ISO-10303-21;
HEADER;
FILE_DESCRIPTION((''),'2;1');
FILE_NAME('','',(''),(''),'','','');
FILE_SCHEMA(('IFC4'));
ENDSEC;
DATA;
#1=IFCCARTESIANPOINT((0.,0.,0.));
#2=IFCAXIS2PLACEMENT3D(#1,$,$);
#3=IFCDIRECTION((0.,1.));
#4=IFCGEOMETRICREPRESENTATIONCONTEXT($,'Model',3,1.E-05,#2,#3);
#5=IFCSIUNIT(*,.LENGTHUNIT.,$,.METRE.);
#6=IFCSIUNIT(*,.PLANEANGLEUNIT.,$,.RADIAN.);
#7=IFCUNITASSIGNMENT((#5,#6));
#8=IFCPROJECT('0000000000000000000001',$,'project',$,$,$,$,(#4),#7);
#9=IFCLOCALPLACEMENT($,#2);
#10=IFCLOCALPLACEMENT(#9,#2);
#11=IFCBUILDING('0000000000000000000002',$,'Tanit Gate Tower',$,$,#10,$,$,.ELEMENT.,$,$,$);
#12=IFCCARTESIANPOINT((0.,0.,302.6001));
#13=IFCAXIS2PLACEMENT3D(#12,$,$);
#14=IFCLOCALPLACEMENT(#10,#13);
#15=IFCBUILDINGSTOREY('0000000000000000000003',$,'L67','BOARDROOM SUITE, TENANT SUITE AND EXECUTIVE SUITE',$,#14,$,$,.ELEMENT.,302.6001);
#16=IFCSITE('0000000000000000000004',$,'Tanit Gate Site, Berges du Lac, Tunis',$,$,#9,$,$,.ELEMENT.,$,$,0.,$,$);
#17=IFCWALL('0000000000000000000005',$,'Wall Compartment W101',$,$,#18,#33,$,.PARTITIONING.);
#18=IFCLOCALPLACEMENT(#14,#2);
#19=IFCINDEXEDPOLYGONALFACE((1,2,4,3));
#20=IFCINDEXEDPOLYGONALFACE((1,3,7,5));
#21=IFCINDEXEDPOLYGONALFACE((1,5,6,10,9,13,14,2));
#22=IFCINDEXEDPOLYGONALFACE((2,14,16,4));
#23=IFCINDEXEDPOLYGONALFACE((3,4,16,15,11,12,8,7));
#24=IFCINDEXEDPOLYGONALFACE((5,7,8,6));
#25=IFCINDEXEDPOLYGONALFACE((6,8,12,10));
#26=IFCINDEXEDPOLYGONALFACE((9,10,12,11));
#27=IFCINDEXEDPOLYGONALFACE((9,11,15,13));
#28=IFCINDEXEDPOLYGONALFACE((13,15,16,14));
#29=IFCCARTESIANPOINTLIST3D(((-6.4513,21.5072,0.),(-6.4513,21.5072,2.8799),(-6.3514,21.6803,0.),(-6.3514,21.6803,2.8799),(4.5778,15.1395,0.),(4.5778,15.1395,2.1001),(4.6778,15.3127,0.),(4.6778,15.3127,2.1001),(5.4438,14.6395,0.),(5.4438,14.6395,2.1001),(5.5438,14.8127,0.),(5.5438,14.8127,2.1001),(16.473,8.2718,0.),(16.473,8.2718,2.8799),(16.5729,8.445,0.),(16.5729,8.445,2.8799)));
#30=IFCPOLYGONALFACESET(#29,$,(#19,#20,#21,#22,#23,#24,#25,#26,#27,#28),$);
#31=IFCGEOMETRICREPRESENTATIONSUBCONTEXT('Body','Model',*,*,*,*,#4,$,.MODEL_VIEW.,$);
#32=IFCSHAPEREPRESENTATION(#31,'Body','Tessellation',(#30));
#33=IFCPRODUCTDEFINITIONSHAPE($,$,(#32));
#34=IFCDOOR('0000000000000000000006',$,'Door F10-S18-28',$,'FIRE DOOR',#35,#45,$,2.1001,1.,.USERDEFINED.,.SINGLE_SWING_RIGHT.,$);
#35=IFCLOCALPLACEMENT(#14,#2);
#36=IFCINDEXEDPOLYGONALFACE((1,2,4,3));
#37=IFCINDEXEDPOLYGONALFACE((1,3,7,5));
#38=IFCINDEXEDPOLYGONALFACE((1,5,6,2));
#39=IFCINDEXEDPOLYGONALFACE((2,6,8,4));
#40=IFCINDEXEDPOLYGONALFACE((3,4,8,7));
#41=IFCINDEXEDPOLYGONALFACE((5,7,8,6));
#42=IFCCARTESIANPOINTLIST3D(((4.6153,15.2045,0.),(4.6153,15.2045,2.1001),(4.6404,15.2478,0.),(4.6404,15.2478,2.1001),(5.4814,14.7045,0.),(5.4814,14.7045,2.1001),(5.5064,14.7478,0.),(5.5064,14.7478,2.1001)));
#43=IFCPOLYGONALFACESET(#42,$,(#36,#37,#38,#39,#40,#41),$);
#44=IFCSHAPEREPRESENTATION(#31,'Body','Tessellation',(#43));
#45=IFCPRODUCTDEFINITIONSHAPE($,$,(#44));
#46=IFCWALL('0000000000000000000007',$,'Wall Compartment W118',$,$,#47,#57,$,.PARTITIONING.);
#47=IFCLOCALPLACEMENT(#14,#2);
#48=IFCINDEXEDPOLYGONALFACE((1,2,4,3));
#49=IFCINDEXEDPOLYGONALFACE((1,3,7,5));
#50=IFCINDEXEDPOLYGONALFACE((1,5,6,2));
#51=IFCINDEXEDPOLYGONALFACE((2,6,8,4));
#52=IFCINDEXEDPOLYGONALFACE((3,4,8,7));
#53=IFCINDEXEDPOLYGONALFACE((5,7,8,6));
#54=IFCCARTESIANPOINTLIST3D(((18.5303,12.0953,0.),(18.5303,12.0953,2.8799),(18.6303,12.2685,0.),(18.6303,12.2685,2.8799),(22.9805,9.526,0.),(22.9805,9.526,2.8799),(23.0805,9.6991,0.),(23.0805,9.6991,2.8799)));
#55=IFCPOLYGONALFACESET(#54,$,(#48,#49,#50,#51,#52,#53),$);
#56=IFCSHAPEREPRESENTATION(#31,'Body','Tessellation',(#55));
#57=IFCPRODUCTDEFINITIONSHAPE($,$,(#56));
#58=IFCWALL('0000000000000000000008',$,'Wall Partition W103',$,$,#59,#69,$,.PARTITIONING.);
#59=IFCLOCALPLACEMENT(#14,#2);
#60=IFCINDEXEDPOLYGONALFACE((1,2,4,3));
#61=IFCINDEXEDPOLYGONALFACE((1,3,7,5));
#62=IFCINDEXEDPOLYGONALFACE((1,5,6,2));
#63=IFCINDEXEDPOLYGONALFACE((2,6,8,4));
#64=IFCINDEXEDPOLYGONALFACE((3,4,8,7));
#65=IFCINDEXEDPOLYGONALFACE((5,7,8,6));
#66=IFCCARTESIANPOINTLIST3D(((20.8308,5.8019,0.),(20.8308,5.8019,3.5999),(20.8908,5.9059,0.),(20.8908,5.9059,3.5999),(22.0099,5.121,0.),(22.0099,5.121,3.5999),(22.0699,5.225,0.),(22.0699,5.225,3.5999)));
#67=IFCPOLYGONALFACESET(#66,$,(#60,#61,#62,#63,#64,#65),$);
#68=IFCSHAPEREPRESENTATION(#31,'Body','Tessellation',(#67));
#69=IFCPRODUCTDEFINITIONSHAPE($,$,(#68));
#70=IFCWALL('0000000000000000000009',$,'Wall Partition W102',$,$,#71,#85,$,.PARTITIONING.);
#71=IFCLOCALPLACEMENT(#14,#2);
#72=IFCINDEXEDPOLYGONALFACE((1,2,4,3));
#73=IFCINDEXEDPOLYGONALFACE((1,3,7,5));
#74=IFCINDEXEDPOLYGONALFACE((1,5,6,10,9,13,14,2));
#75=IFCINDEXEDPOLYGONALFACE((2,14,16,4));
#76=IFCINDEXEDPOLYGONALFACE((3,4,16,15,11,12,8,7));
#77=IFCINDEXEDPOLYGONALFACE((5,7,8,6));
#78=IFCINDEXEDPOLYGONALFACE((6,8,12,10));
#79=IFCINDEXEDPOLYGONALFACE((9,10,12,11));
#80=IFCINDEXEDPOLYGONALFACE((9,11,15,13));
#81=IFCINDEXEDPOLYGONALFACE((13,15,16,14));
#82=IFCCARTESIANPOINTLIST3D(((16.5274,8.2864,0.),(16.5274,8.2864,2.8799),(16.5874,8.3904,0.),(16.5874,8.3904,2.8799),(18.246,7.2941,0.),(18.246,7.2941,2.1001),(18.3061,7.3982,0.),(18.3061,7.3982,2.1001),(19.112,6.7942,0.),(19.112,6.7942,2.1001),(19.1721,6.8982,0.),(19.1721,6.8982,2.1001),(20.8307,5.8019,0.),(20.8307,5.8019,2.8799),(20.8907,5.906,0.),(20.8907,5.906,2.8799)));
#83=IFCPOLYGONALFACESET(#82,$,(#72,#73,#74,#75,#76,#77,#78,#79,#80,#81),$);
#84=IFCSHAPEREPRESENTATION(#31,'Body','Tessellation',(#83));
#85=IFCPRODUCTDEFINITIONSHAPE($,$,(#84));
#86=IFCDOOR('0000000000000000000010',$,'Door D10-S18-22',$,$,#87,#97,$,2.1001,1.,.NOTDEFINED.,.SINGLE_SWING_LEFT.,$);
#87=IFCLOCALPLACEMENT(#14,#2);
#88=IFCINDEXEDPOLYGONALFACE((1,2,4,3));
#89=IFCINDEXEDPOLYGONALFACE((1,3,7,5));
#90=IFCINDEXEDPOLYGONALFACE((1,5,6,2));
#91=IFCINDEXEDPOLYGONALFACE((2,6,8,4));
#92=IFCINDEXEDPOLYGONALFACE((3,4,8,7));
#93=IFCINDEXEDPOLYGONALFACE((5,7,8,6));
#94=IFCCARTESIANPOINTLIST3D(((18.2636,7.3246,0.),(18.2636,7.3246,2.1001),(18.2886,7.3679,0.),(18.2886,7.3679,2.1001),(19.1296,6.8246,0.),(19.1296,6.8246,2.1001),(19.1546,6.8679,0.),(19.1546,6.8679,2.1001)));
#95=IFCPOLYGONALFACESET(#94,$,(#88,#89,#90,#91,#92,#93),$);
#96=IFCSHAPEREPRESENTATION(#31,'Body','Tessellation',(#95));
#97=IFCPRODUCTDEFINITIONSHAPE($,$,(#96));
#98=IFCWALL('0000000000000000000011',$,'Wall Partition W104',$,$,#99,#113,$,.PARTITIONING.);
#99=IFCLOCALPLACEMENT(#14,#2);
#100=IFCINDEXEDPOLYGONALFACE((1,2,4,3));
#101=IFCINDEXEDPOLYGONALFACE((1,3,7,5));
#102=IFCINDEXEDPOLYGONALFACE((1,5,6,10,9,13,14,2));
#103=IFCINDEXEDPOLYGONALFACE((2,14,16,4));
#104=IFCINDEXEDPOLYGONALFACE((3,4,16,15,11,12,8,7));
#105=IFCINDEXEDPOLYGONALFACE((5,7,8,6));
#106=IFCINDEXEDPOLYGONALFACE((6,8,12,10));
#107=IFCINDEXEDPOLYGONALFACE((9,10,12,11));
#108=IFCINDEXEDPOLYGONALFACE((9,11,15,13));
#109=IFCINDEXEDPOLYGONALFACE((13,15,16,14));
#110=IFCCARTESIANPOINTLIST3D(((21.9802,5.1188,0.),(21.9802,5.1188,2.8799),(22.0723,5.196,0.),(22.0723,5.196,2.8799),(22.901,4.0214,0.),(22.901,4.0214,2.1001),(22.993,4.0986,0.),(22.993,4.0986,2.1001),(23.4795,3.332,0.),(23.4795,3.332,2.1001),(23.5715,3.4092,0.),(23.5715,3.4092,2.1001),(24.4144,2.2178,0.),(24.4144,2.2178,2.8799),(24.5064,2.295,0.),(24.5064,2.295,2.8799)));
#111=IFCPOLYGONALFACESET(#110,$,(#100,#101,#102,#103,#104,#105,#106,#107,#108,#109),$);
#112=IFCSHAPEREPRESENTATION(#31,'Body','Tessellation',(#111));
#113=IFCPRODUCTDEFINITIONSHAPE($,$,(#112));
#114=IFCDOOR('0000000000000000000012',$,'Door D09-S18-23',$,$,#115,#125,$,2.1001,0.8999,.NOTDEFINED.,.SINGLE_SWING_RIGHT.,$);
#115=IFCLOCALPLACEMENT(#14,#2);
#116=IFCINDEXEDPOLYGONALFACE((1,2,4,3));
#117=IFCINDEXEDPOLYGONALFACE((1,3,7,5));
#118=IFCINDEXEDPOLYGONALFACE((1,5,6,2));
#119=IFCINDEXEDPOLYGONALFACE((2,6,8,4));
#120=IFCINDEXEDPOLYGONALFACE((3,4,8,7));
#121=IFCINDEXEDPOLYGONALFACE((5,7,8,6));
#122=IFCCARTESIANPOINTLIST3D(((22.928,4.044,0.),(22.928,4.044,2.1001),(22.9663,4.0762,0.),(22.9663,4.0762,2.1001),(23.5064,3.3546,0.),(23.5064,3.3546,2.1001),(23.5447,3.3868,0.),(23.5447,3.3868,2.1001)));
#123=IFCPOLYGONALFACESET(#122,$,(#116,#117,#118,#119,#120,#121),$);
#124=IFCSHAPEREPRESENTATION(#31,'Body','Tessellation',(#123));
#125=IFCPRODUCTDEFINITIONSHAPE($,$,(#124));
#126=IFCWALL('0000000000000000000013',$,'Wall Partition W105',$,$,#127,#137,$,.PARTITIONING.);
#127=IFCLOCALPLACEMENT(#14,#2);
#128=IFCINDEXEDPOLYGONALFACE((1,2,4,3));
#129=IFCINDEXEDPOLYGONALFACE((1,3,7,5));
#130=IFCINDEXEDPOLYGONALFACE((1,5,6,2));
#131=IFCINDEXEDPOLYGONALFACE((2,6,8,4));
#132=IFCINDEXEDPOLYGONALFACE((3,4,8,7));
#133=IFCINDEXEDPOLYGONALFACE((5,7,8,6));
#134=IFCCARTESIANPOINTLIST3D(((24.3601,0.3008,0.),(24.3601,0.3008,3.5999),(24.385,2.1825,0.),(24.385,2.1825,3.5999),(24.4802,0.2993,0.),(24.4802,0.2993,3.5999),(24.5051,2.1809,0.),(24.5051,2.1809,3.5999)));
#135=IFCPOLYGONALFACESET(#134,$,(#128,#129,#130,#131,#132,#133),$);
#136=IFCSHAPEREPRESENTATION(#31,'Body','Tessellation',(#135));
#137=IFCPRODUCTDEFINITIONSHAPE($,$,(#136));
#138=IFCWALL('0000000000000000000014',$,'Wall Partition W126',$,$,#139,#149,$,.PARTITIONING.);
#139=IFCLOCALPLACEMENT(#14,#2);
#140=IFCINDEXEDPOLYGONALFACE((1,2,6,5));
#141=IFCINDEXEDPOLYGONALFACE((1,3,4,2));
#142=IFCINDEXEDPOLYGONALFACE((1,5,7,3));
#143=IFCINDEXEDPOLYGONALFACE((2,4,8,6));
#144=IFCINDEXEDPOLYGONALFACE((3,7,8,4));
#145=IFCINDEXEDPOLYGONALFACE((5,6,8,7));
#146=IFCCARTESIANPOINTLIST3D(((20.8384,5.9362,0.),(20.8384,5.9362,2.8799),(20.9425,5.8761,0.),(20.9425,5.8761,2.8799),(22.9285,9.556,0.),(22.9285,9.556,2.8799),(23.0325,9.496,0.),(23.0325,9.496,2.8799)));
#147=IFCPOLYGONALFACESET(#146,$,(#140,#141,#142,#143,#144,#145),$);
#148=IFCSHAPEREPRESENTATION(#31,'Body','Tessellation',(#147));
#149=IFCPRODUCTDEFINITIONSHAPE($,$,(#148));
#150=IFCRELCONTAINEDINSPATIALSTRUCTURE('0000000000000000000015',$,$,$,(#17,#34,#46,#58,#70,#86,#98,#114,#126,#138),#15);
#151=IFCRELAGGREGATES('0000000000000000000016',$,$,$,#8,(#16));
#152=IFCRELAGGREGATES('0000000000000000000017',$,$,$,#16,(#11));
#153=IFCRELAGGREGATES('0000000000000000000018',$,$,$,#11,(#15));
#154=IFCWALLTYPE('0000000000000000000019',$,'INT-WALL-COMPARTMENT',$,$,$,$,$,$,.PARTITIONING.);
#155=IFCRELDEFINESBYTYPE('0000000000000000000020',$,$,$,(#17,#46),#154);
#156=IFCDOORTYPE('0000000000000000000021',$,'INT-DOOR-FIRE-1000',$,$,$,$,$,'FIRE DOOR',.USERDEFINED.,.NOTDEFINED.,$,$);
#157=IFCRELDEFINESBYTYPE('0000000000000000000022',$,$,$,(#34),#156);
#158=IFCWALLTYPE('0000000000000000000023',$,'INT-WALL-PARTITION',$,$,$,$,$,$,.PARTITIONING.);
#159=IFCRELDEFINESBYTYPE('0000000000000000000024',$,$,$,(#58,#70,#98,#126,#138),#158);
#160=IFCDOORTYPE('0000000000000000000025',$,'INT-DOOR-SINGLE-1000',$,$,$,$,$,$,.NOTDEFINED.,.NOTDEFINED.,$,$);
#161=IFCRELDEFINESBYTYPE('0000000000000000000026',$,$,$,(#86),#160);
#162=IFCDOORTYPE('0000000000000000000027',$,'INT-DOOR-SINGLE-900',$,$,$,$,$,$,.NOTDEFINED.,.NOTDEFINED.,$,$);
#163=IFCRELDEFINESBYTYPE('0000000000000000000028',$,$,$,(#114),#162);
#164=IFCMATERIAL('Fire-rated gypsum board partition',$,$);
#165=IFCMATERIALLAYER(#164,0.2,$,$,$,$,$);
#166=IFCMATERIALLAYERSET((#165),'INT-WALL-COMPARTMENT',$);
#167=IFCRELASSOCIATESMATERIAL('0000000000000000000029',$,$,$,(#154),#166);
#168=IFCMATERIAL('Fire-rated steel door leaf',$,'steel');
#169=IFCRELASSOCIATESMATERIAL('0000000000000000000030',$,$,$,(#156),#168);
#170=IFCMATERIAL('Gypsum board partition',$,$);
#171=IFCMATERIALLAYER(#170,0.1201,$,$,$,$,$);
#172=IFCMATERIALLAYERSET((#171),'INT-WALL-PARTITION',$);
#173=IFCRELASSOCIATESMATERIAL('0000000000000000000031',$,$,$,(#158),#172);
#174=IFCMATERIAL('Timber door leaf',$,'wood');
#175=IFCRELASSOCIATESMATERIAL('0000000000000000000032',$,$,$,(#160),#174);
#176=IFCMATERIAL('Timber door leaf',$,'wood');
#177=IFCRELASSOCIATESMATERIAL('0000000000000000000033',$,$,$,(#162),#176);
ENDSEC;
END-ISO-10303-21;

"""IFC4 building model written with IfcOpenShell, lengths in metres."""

from ifc_helpers import new_model, si_unit, direction, frame, frame_2d, origin, place, context, subcontext, project, spatial, rectangle, extrude, material, layer, layer_set, type_object, element, fill, save


model = new_model("IFC4")

# Units and contexts
model_context = context("Model", 3, precision=1e-05, world=origin(), true_north=direction((0.0, 1.0)))
body_context = subcontext(model_context, "Body", "Model", "MODEL_VIEW")
ifc_project = project(units=[si_unit("LENGTHUNIT", "METRE"), si_unit("PLANEANGLEUNIT", "RADIAN")], contexts=[model_context])

# Site, building, storey
site_placement = place(None, origin())
site = spatial("IfcSite", under=ifc_project, at=site_placement, Name="Tanit Gate Site, Berges du Lac, Tunis", CompositionType="ELEMENT", RefElevation=0.0)
building_placement = place(site_placement, origin())
building = spatial("IfcBuilding", under=site, at=building_placement, Name="Tanit Gate Tower", CompositionType="ELEMENT")
storey_placement = place(building_placement, frame((0.0, 0.0, 302.6001)))
storey = spatial("IfcBuildingStorey", under=building, at=storey_placement, Name="L67", Description="BOARDROOM SUITE, TENANT SUITE AND EXECUTIVE SUITE", CompositionType="ELEMENT", Elevation=302.6001)

# Wall, opening, door
ifc_material_1 = material(Name="Fire-rated gypsum board partition")
ifc_layer_1 = layer(ifc_material_1, 0.2)
ifc_layer_set_1 = layer_set([ifc_layer_1], Name="INT-WALL-COMPARTMENT")
wall_type_1 = type_object("IfcWallType", Name="INT-WALL-COMPARTMENT", PredefinedType="PARTITIONING", material=ifc_layer_set_1)
wall_1_placement = place(storey_placement, frame((16.5229, 8.3584, 0.0), z_axis=(0.0, 0.0, 1.0), x_axis=(-0.866026, 0.5, 0.0)))
wall_1 = element("IfcWall", 1, at=wall_1_placement, inside=storey, type_object=wall_type_1, Name="Wall Compartment W101", PredefinedType="PARTITIONING", context=body_context, shape_type="SweptSolid", body=[
    extrude(rectangle(XDim=26.4707, YDim=0.2, at=frame_2d((13.2354, 0.0))), origin(), (0.0, 0.0, 1.0), 2.8799),
])
opening_1_placement = place(wall_1_placement, frame((12.7354, 0.0, 0.0)))
opening_1 = element("IfcOpeningElement", 2, at=opening_1_placement, cuts=wall_1, PredefinedType="OPENING", context=body_context, shape_type="SweptSolid", body=[
    extrude(rectangle(XDim=1.0, YDim=2.1001, at=frame_2d((0.5, 1.05))), frame((0.0, 0.1099, 0.0), z_axis=(0.0, -1.0, 0.0), x_axis=(1.0, 0.0, 0.0)), (0.0, 0.0, 1.0), 0.22),
])
ifc_material_2 = material(Name="Fire-rated steel door leaf", Category="steel")
door_type_1 = type_object("IfcDoorType", Name="INT-DOOR-FIRE-1000", ElementType="FIRE DOOR", OperationType="NOTDEFINED", PredefinedType="USERDEFINED", material=ifc_material_2)
door_1_placement = place(opening_1_placement, origin())
door_1 = element("IfcDoor", 3, at=door_1_placement, inside=storey, type_object=door_type_1, Name="Door F10-S18-28", ObjectType="FIRE DOOR", OperationType="SINGLE_SWING_RIGHT", OverallHeight=2.1001, OverallWidth=1.0, PredefinedType="USERDEFINED", context=body_context, shape_type="SweptSolid", body=[
    extrude(rectangle(XDim=1.0, YDim=2.1001, at=frame_2d((0.5, 1.05))), frame((0.0, 0.0249, 0.0), z_axis=(0.0, -1.0, 0.0), x_axis=(1.0, 0.0, 0.0)), (0.0, 0.0, 1.0), 0.05),
])
fill(opening_1, door_1)

# Walls
wall_2_placement = place(storey_placement, frame((23.0305, 9.6125, 0.0), z_axis=(0.0, 0.0, 1.0), x_axis=(-0.866024, 0.500002, 0.0)))
element("IfcWall", 4, at=wall_2_placement, inside=storey, type_object=wall_type_1, Name="Wall Compartment W118", PredefinedType="PARTITIONING", context=body_context, shape_type="SweptSolid", body=[
    extrude(rectangle(XDim=5.1387, YDim=0.2, at=frame_2d((2.5693, 0.0))), origin(), (0.0, 0.0, 1.0), 2.8799),
])
ifc_material_3 = material(Name="Gypsum board partition")
ifc_layer_2 = layer(ifc_material_3, 0.1201)
ifc_layer_set_2 = layer_set([ifc_layer_2], Name="INT-WALL-PARTITION")
wall_type_2 = type_object("IfcWallType", Name="INT-WALL-PARTITION", PredefinedType="PARTITIONING", material=ifc_layer_set_2)
wall_3_placement = place(storey_placement, frame((22.0398, 5.1731, 0.0), z_axis=(0.0, 0.0, 1.0), x_axis=(-0.865994, 0.500054, 0.0)))
element("IfcWall", 5, at=wall_3_placement, inside=storey, type_object=wall_type_2, Name="Wall Partition W103", PredefinedType="PARTITIONING", context=body_context, shape_type="SweptSolid", body=[
    extrude(rectangle(XDim=1.3616, YDim=0.1201, at=frame_2d((0.6807, 0.0))), origin(), (0.0, 0.0, 1.0), 3.5999),
])

# Walls, openings, doors
wall_4_placement = place(storey_placement, frame((20.8606, 5.854, 0.0), z_axis=(0.0, 0.0, 1.0), x_axis=(-0.866033, 0.499986, 0.0)))
wall_4 = element("IfcWall", 6, at=wall_4_placement, inside=storey, type_object=wall_type_2, Name="Wall Partition W102", PredefinedType="PARTITIONING", context=body_context, shape_type="SweptSolid", body=[
    extrude(rectangle(XDim=4.969, YDim=0.1201, at=frame_2d((2.4844, 0.0))), origin(), (0.0, 0.0, 1.0), 2.8799),
])
opening_2_placement = place(wall_4_placement, frame((1.9844, 0.0, 0.0)))
opening_2 = element("IfcOpeningElement", 7, at=opening_2_placement, cuts=wall_4, PredefinedType="OPENING", context=body_context, shape_type="SweptSolid", body=[
    extrude(rectangle(XDim=1.0, YDim=2.1001, at=frame_2d((0.5, 1.05))), frame((0.0, 0.0701, 0.0), z_axis=(0.0, -1.0, 0.0), x_axis=(1.0, 0.0, 0.0)), (0.0, 0.0, 1.0), 0.1401),
])
ifc_material_4 = material(Name="Timber door leaf", Category="wood")
door_type_2 = type_object("IfcDoorType", Name="INT-DOOR-SINGLE-1000", OperationType="NOTDEFINED", PredefinedType="NOTDEFINED", material=ifc_material_4)
door_2_placement = place(opening_2_placement, origin())
door_2 = element("IfcDoor", 8, at=door_2_placement, inside=storey, type_object=door_type_2, Name="Door D10-S18-22", OperationType="SINGLE_SWING_LEFT", OverallHeight=2.1001, OverallWidth=1.0, PredefinedType="NOTDEFINED", context=body_context, shape_type="SweptSolid", body=[
    extrude(rectangle(XDim=1.0, YDim=2.1001, at=frame_2d((0.5, 1.05))), frame((0.0, 0.0249, 0.0), z_axis=(0.0, -1.0, 0.0), x_axis=(1.0, 0.0, 0.0)), (0.0, 0.0, 1.0), 0.05),
])
fill(opening_2, door_2)
wall_5_placement = place(storey_placement, frame((24.4604, 2.2563, 0.0), z_axis=(0.0, 0.0, 1.0), x_axis=(-0.642781, 0.76605, 0.0)))
wall_5 = element("IfcWall", 9, at=wall_5_placement, inside=storey, type_object=wall_type_2, Name="Wall Partition W104", PredefinedType="PARTITIONING", context=body_context, shape_type="SweptSolid", body=[
    extrude(rectangle(XDim=3.7869, YDim=0.1201, at=frame_2d((1.8936, 0.0))), origin(), (0.0, 0.0, 1.0), 2.8799),
])
opening_3_placement = place(wall_5_placement, frame((1.4546, 0.0, 0.0)))
opening_3 = element("IfcOpeningElement", 10, at=opening_3_placement, cuts=wall_5, PredefinedType="OPENING", context=body_context, shape_type="SweptSolid", body=[
    extrude(rectangle(XDim=0.8999, YDim=2.1001, at=frame_2d((0.45, 1.05))), frame((0.0, 0.0701, 0.0), z_axis=(0.0, -1.0, 0.0), x_axis=(1.0, 0.0, 0.0)), (0.0, 0.0, 1.0), 0.1401),
])
ifc_material_5 = material(Name="Timber door leaf", Category="wood")
door_type_3 = type_object("IfcDoorType", Name="INT-DOOR-SINGLE-900", OperationType="NOTDEFINED", PredefinedType="NOTDEFINED", material=ifc_material_5)
door_3_placement = place(opening_3_placement, origin())
door_3 = element("IfcDoor", 11, at=door_3_placement, inside=storey, type_object=door_type_3, Name="Door D09-S18-23", OperationType="SINGLE_SWING_RIGHT", OverallHeight=2.1001, OverallWidth=0.8999, PredefinedType="NOTDEFINED", context=body_context, shape_type="SweptSolid", body=[
    extrude(rectangle(XDim=0.8999, YDim=2.1001, at=frame_2d((0.45, 1.05))), frame((0.0, 0.0249, 0.0), z_axis=(0.0, -1.0, 0.0), x_axis=(1.0, 0.0, 0.0)), (0.0, 0.0, 1.0), 0.05),
])
fill(opening_3, door_3)

# Walls
wall_6_placement = place(storey_placement, frame((24.4202, 0.3, 0.0), z_axis=(0.0, 0.0, 1.0), x_axis=(0.013234, 0.999912, 0.0)))
element("IfcWall", 12, at=wall_6_placement, inside=storey, type_object=wall_type_2, Name="Wall Partition W105", PredefinedType="PARTITIONING", context=body_context, shape_type="SweptSolid", body=[
    extrude(rectangle(XDim=1.8818, YDim=0.1201, at=frame_2d((0.9409, 0.0))), origin(), (0.0, 0.0, 1.0), 3.5999),
])
wall_7_placement = place(storey_placement, frame((22.9805, 9.5259, 0.0), z_axis=(0.0, 0.0, 1.0), x_axis=(-0.500027, -0.86601, 0.0)))
element("IfcWall", 13, at=wall_7_placement, inside=storey, type_object=wall_type_2, Name="Wall Partition W126", PredefinedType="PARTITIONING", context=body_context, shape_type="SweptSolid", body=[
    extrude(rectangle(XDim=4.1799, YDim=0.1201, at=frame_2d((2.0898, 0.0))), origin(), (0.0, 0.0, 1.0), 2.8799),
])

save(model, "model.ifc")
